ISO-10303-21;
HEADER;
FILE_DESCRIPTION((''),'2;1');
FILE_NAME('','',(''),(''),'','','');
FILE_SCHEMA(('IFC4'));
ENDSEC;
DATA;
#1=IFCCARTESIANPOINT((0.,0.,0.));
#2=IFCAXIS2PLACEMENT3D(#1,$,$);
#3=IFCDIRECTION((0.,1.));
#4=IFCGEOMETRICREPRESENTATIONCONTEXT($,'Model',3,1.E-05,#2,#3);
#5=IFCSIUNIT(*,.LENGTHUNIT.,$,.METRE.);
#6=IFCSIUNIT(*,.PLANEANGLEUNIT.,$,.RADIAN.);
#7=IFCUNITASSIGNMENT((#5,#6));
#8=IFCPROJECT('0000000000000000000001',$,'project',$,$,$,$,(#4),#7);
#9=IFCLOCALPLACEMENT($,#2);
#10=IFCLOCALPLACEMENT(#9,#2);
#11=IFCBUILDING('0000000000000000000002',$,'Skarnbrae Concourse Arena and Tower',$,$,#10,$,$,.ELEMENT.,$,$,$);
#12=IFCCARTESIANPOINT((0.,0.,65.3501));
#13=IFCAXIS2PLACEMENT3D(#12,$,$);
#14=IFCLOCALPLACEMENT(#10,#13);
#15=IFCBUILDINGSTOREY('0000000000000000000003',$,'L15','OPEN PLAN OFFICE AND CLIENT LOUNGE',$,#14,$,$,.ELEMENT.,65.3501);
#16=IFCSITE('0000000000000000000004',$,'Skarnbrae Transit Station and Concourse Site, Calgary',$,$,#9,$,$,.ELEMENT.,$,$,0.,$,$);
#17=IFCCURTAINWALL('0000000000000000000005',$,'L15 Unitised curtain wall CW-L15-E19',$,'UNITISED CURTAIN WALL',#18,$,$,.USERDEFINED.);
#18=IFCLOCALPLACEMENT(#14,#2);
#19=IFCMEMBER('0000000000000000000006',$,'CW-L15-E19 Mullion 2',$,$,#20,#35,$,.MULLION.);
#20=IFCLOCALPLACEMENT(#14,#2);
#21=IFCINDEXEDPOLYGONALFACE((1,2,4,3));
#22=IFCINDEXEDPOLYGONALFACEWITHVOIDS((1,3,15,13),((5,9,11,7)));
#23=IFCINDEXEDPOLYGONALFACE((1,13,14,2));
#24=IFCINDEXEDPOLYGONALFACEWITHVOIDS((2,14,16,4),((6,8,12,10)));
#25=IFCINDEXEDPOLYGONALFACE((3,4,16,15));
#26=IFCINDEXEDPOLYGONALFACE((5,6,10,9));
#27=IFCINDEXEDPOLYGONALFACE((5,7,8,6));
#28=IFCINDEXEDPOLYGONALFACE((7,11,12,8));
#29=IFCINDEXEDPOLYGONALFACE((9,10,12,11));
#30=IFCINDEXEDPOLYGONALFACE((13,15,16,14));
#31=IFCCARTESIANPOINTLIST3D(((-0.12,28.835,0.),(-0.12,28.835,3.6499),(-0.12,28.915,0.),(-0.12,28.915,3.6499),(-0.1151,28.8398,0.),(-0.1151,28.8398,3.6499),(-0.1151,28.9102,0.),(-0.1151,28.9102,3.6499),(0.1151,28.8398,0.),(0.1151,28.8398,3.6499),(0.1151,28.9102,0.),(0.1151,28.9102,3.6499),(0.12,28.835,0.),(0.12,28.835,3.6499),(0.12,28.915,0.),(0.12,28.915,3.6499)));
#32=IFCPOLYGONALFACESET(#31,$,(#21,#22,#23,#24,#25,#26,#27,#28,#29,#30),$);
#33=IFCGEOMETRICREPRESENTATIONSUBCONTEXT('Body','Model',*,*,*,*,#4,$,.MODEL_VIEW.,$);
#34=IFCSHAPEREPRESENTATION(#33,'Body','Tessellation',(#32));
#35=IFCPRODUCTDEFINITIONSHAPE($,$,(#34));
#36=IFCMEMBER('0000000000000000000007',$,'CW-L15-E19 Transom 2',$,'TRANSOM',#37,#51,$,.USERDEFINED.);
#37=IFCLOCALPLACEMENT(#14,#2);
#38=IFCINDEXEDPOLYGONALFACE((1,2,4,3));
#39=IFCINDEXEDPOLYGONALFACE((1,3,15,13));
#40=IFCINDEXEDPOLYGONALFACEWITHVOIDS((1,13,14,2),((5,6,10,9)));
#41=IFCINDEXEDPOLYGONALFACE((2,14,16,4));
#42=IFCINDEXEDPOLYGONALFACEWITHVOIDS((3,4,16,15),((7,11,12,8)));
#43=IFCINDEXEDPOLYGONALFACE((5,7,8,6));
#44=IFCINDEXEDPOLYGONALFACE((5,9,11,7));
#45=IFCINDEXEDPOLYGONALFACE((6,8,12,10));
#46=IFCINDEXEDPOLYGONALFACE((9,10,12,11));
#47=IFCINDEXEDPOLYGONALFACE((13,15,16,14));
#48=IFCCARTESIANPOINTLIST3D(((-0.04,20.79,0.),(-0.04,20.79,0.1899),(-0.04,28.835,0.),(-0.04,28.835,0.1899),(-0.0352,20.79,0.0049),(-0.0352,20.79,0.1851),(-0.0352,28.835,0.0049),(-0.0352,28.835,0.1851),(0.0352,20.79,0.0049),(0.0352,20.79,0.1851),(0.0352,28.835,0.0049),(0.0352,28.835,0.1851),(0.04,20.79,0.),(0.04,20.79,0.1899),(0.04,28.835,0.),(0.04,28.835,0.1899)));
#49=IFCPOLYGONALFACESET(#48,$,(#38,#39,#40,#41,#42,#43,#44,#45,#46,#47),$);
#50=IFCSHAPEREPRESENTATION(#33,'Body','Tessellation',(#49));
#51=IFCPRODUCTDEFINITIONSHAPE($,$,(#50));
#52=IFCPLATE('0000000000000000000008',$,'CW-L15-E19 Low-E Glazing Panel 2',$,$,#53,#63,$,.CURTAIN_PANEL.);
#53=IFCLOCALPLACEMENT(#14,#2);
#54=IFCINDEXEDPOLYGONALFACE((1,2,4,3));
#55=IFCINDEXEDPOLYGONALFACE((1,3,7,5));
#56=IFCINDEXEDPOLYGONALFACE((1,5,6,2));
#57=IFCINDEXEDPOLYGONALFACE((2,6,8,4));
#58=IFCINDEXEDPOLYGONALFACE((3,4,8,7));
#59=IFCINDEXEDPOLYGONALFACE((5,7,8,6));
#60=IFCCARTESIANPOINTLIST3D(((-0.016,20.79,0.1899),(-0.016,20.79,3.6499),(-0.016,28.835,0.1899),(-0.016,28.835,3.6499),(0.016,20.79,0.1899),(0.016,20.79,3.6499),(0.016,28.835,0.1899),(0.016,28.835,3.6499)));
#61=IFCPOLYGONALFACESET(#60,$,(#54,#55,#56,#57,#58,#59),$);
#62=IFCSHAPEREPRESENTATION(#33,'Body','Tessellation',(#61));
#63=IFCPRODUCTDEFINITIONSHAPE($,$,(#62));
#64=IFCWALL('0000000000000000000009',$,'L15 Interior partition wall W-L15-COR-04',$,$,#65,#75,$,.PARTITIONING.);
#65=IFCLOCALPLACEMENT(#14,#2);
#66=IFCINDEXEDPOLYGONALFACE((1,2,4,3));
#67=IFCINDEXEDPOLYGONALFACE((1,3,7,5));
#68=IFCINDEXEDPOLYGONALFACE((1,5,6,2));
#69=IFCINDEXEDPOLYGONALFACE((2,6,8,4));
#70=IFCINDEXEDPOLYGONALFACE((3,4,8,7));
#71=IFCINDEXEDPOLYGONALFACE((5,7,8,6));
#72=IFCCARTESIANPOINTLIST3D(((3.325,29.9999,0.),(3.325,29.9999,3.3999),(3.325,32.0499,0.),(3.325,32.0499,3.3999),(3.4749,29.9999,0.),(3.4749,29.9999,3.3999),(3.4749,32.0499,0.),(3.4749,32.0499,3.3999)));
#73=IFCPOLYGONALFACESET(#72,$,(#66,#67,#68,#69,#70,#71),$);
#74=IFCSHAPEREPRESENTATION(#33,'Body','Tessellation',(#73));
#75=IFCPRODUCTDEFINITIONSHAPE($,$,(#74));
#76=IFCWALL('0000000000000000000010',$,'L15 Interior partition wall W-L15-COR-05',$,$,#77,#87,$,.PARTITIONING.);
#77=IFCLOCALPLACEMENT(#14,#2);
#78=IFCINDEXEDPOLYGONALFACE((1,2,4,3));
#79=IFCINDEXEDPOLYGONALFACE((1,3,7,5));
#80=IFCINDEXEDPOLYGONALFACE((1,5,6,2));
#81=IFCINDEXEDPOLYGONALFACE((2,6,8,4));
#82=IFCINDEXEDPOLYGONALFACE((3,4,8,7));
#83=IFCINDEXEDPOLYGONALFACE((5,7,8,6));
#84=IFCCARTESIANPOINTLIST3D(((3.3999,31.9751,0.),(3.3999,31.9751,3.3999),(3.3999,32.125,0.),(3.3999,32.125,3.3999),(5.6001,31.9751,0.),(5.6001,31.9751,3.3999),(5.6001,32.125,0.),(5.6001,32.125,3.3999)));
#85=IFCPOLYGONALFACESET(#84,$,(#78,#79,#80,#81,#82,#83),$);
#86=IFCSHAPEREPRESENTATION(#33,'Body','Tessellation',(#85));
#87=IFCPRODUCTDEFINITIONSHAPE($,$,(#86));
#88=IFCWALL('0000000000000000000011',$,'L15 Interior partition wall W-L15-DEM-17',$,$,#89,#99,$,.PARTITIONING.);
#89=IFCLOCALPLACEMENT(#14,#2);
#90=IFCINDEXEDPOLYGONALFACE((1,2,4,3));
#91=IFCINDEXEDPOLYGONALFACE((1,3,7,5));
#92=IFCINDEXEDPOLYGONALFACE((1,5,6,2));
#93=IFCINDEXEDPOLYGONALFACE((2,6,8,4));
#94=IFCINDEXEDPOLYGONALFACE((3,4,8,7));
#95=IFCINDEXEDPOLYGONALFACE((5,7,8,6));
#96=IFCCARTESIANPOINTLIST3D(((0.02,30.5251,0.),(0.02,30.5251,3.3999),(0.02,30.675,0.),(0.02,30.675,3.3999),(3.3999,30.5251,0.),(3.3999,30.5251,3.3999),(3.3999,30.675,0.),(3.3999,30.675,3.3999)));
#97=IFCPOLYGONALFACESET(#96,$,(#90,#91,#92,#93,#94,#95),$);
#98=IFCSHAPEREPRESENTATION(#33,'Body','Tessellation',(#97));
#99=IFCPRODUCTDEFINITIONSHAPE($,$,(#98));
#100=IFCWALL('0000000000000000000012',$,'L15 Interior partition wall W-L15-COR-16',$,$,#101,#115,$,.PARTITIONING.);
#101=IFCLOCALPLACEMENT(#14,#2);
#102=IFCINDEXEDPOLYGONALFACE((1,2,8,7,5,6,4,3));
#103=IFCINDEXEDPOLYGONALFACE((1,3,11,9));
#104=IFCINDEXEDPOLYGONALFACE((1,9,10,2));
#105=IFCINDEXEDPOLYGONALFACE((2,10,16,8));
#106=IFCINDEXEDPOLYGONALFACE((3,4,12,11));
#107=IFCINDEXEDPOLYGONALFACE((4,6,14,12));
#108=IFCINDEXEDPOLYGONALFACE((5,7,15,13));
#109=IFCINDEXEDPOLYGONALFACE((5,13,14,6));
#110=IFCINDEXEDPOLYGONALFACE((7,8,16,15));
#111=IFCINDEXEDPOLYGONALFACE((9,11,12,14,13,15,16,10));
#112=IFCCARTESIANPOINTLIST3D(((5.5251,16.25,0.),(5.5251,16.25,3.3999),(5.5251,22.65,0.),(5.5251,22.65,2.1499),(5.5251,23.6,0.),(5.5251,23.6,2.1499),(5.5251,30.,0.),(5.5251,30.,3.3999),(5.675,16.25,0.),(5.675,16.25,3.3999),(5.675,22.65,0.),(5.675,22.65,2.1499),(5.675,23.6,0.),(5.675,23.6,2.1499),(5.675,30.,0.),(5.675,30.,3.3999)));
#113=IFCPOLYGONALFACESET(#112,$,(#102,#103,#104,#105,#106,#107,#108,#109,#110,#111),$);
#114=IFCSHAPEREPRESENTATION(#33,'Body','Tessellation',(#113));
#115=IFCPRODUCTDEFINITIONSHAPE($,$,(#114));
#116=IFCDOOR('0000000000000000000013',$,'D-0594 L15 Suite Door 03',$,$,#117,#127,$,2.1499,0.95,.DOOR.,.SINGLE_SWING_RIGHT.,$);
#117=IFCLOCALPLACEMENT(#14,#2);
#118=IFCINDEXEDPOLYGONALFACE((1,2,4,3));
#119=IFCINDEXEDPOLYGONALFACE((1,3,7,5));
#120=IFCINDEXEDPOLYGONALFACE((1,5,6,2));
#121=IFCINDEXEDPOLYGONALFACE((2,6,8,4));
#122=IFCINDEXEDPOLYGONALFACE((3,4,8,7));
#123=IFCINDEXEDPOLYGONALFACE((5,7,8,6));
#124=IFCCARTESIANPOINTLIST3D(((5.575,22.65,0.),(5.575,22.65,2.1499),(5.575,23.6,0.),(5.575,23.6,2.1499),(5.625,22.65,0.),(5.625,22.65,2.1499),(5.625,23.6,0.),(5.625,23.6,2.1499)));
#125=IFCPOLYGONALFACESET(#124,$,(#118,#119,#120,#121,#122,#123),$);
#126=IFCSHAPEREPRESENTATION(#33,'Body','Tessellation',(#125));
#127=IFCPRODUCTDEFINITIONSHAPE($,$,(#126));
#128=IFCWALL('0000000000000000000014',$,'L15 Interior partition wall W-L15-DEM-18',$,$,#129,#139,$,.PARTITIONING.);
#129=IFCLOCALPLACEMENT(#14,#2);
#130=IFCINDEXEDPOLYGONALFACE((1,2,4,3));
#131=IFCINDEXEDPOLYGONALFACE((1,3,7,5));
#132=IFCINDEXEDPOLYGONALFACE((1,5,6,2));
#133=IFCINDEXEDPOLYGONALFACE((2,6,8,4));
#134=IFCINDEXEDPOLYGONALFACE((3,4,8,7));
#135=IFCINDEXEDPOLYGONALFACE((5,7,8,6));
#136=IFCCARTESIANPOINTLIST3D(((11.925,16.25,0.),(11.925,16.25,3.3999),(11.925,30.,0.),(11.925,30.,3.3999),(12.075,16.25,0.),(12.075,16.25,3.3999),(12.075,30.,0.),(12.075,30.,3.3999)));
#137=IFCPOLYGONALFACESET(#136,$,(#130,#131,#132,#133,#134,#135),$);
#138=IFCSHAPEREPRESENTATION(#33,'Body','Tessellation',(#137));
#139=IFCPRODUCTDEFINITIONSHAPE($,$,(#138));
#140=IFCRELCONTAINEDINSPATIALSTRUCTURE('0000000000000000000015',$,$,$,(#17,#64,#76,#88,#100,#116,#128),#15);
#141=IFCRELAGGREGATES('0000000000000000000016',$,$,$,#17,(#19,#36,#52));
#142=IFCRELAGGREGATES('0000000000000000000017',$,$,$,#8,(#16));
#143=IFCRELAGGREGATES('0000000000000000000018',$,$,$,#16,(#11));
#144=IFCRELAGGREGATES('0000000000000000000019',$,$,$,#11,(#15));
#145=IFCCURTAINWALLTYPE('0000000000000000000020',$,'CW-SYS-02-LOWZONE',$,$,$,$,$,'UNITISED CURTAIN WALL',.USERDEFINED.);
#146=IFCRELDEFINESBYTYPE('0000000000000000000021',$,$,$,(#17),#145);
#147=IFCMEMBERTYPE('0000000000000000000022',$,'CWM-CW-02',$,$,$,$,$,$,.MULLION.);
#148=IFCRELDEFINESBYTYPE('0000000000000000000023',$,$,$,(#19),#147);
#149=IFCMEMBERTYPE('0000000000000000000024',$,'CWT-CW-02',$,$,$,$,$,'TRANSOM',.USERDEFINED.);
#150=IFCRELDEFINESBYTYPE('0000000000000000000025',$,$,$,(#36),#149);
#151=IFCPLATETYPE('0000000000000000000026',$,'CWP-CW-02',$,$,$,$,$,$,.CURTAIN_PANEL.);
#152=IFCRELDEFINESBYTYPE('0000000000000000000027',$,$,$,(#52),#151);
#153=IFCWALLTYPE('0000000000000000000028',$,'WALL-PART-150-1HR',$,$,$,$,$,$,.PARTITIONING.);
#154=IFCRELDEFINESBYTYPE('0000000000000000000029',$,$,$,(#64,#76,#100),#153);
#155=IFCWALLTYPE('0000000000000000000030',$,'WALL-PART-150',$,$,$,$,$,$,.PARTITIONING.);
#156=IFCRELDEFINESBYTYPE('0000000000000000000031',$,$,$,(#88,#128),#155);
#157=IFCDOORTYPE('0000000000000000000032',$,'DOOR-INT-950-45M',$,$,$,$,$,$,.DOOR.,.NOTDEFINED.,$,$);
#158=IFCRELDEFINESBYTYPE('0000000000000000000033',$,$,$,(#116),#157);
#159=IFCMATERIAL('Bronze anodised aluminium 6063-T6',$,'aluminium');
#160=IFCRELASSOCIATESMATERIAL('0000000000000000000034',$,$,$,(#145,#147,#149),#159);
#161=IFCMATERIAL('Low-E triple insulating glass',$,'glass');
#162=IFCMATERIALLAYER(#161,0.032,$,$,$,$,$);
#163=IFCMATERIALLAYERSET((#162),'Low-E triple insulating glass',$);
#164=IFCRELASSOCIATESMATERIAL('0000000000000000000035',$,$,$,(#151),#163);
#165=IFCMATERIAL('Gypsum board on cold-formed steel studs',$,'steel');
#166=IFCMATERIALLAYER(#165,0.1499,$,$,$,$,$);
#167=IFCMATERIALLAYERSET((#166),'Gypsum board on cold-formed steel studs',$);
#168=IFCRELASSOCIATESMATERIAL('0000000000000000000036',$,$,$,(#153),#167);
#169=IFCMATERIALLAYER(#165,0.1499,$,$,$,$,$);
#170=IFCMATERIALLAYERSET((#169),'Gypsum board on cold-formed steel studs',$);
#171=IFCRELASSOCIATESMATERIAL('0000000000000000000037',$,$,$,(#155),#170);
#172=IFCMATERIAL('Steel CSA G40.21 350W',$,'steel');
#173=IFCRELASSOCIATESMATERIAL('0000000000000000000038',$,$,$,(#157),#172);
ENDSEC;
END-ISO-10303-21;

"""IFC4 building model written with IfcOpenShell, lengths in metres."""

from ifc_helpers import new_model, si_unit, direction, frame, frame_2d, origin, origin_2d, place, context, subcontext, project, spatial, rectangle, hollow_rectangle, extrude, source, transform, mapped, material, layer, layer_set, material_profile, profile_set, type_object, element, fill, aggregate, save


model = new_model("IFC4")

# Units and contexts
model_context = context("Model", 3, precision=1e-05, world=origin(), true_north=direction((0.0, 1.0)))
body_context = subcontext(model_context, "Body", "Model", "MODEL_VIEW")
ifc_project = project(units=[si_unit("LENGTHUNIT", "METRE"), si_unit("PLANEANGLEUNIT", "RADIAN")], contexts=[model_context])

# Site, building, storey
site_placement = place(None, origin())
site = spatial("IfcSite", under=ifc_project, at=site_placement, Name="Skarnbrae Transit Station and Concourse Site, Calgary", CompositionType="ELEMENT", RefElevation=0.0)
building_placement = place(site_placement, origin())
building = spatial("IfcBuilding", under=site, at=building_placement, Name="Skarnbrae Concourse Arena and Tower", CompositionType="ELEMENT")
storey_placement = place(building_placement, frame((0.0, 0.0, 65.3501)))
storey = spatial("IfcBuildingStorey", under=building, at=storey_placement, Name="L15", Description="OPEN PLAN OFFICE AND CLIENT LOUNGE", CompositionType="ELEMENT", Elevation=65.3501)

# Shared definitions
ifc_material_1 = material(Name="Steel CSA G40.21 350W", Category="steel")

# Curtain wall, members, plate
ifc_material_2 = material(Name="Bronze anodised aluminium 6063-T6", Category="aluminium")
curtain_wall_type = type_object("IfcCurtainWallType", Name="CW-SYS-02-LOWZONE", ElementType="UNITISED CURTAIN WALL", PredefinedType="USERDEFINED", material=ifc_material_2)
curtain_wall_placement = place(storey_placement, origin())
curtain_wall = element("IfcCurtainWall", 1, at=curtain_wall_placement, inside=storey, type_object=curtain_wall_type, Name="L15 Unitised curtain wall CW-L15-E19", ObjectType="UNITISED CURTAIN WALL", PredefinedType="USERDEFINED")
ifc_material_profile_1 = material_profile(ifc_material_2, hollow_rectangle(XDim=0.0801, YDim=0.24, WallThickness=0.0049, at=origin_2d()), Name="ALU-MULL-80X240")
ifc_profile_set_1 = profile_set([ifc_material_profile_1], Name="Bronze anodised aluminium 6063-T6")
member_type_1 = type_object("IfcMemberType", Name="CWM-CW-02", PredefinedType="MULLION", material=ifc_profile_set_1)
shared_shape_1 = source(origin(), body_context, "Body", "SweptSolid", [
    extrude(hollow_rectangle(XDim=0.0801, YDim=0.24, WallThickness=0.0049, at=origin_2d()), origin(), (0.0, 0.0, 1.0), 3.6499),
])
member_1_placement = place(storey_placement, frame((0.0, 28.875, 0.0), z_axis=(0.0, 0.0, 1.0), x_axis=(0.0, -1.0, 0.0)))
member_1 = element("IfcMember", 2, at=member_1_placement, type_object=member_type_1, Name="CW-L15-E19 Mullion 2", PredefinedType="MULLION", context=body_context, shape_type="MappedRepresentation", body=[
    mapped(shared_shape_1, transform((0.0, 0.0, 0.0))),
])
ifc_material_profile_2 = material_profile(ifc_material_2, hollow_rectangle(XDim=0.0801, YDim=0.1899, WallThickness=0.0049, at=origin_2d()), Name="ALU-TRAN-80X190")
ifc_profile_set_2 = profile_set([ifc_material_profile_2], Name="Bronze anodised aluminium 6063-T6")
member_type_2 = type_object("IfcMemberType", Name="CWT-CW-02", ElementType="TRANSOM", PredefinedType="USERDEFINED", material=ifc_profile_set_2)
shared_shape_2 = source(origin(), body_context, "Body", "SweptSolid", [
    extrude(hollow_rectangle(XDim=0.0801, YDim=0.1899, WallThickness=0.0049, at=origin_2d()), origin(), (0.0, 0.0, 1.0), 8.0449),
])
member_2_placement = place(storey_placement, frame((0.0, 28.835, 0.095), z_axis=(0.0, -1.0, 0.0), x_axis=(1.0, 0.0, 0.0)))
member_2 = element("IfcMember", 3, at=member_2_placement, type_object=member_type_2, Name="CW-L15-E19 Transom 2", ObjectType="TRANSOM", PredefinedType="USERDEFINED", context=body_context, shape_type="MappedRepresentation", body=[
    mapped(shared_shape_2, transform((0.0, 0.0, 0.0))),
])
ifc_material_3 = material(Name="Low-E triple insulating glass", Category="glass")
ifc_layer_1 = layer(ifc_material_3, 0.032)
ifc_layer_set_1 = layer_set([ifc_layer_1], Name="Low-E triple insulating glass")
plate_type = type_object("IfcPlateType", Name="CWP-CW-02", PredefinedType="CURTAIN_PANEL", material=ifc_layer_set_1)
shared_shape_3 = source(origin(), body_context, "Body", "SweptSolid", [
    extrude(rectangle(XDim=8.0449, YDim=0.032, at=origin_2d()), origin(), (0.0, 0.0, 1.0), 3.46),
])
plate_placement = place(storey_placement, frame((0.0, 24.8125, 0.1899), z_axis=(0.0, 0.0, 1.0), x_axis=(0.0, -1.0, 0.0)))
plate = element("IfcPlate", 4, at=plate_placement, type_object=plate_type, Name="CW-L15-E19 Low-E Glazing Panel 2", PredefinedType="CURTAIN_PANEL", context=body_context, shape_type="MappedRepresentation", body=[
    mapped(shared_shape_3, transform((0.0, 0.0, 0.0))),
])
aggregate(curtain_wall, [member_1, member_2, plate])

# Walls
ifc_material_4 = material(Name="Gypsum board on cold-formed steel studs", Category="steel")
ifc_layer_2 = layer(ifc_material_4, 0.1499)
ifc_layer_set_2 = layer_set([ifc_layer_2], Name="Gypsum board on cold-formed steel studs")
wall_type_1 = type_object("IfcWallType", Name="WALL-PART-150-1HR", PredefinedType="PARTITIONING", material=ifc_layer_set_2)
shared_shape_4 = source(origin(), body_context, "Body", "SweptSolid", [
    extrude(rectangle(XDim=2.05, YDim=0.1499, at=frame_2d((1.0249, 0.0))), origin(), (0.0, 0.0, 1.0), 3.3999),
])
wall_1_placement = place(storey_placement, frame((3.3999, 30.0, 0.0), z_axis=(0.0, 0.0, 1.0), x_axis=(0.0, 1.0, 0.0)))
element("IfcWall", 5, at=wall_1_placement, inside=storey, type_object=wall_type_1, Name="L15 Interior partition wall W-L15-COR-04", PredefinedType="PARTITIONING", context=body_context, shape_type="MappedRepresentation", body=[
    mapped(shared_shape_4, transform((0.0, 0.0, 0.0))),
])
shared_shape_5 = source(origin(), body_context, "Body", "SweptSolid", [
    extrude(rectangle(XDim=2.2002, YDim=0.1499, at=frame_2d((1.1001, 0.0))), origin(), (0.0, 0.0, 1.0), 3.3999),
])
wall_2_placement = place(storey_placement, frame((3.3999, 32.05, 0.0), z_axis=(0.0, 0.0, 1.0), x_axis=(1.0, 0.0, 0.0)))
element("IfcWall", 6, at=wall_2_placement, inside=storey, type_object=wall_type_1, Name="L15 Interior partition wall W-L15-COR-05", PredefinedType="PARTITIONING", context=body_context, shape_type="MappedRepresentation", body=[
    mapped(shared_shape_5, transform((0.0, 0.0, 0.0))),
])
ifc_layer_3 = layer(ifc_material_4, 0.1499)
ifc_layer_set_3 = layer_set([ifc_layer_3], Name="Gypsum board on cold-formed steel studs")
wall_type_2 = type_object("IfcWallType", Name="WALL-PART-150", PredefinedType="PARTITIONING", material=ifc_layer_set_3)
shared_shape_6 = source(origin(), body_context, "Body", "SweptSolid", [
    extrude(rectangle(XDim=3.3799, YDim=0.1499, at=frame_2d((1.6899, 0.0))), origin(), (0.0, 0.0, 1.0), 3.3999),
])
wall_3_placement = place(storey_placement, frame((0.02, 30.6001, 0.0), z_axis=(0.0, 0.0, 1.0), x_axis=(1.0, 0.0, 0.0)))
element("IfcWall", 7, at=wall_3_placement, inside=storey, type_object=wall_type_2, Name="L15 Interior partition wall W-L15-DEM-17", PredefinedType="PARTITIONING", context=body_context, shape_type="MappedRepresentation", body=[
    mapped(shared_shape_6, transform((0.0, 0.0, 0.0))),
])

# Wall, opening, door
shared_shape_7 = source(origin(), body_context, "Body", "SweptSolid", [
    extrude(rectangle(XDim=13.75, YDim=0.1499, at=frame_2d((6.875, 0.0))), origin(), (0.0, 0.0, 1.0), 3.3999),
])
wall_4_placement = place(storey_placement, frame((5.6001, 30.0, 0.0), z_axis=(0.0, 0.0, 1.0), x_axis=(0.0, -1.0, 0.0)))
wall_4 = element("IfcWall", 8, at=wall_4_placement, inside=storey, type_object=wall_type_1, Name="L15 Interior partition wall W-L15-COR-16", PredefinedType="PARTITIONING", context=body_context, shape_type="MappedRepresentation", body=[
    mapped(shared_shape_7, transform((0.0, 0.0, 0.0))),
])
opening_1_placement = place(wall_4_placement, frame((6.3999, 0.0, 0.0)))
opening_1 = element("IfcOpeningElement", 9, at=opening_1_placement, cuts=wall_4, PredefinedType="OPENING", context=body_context, shape_type="SweptSolid", body=[
    extrude(rectangle(XDim=0.95, YDim=2.1499, at=frame_2d((0.4751, 1.075))), frame((0.0, 0.085, 0.0), z_axis=(0.0, -1.0, 0.0), x_axis=(1.0, 0.0, 0.0)), (0.0, 0.0, 1.0), 0.1699),
])
door_type = type_object("IfcDoorType", Name="DOOR-INT-950-45M", OperationType="NOTDEFINED", PredefinedType="DOOR", material=ifc_material_1)
shared_shape_8 = source(origin(), body_context, "Body", "SweptSolid", [
    extrude(rectangle(XDim=0.95, YDim=2.1499, at=frame_2d((0.4751, 1.075))), frame((0.0, 0.0249, 0.0), z_axis=(0.0, -1.0, 0.0), x_axis=(1.0, 0.0, 0.0)), (0.0, 0.0, 1.0), 0.05),
])
door_1_placement = place(opening_1_placement, origin())
door_1 = element("IfcDoor", 10, at=door_1_placement, inside=storey, type_object=door_type, Name="D-0594 L15 Suite Door 03", OperationType="SINGLE_SWING_RIGHT", OverallHeight=2.1499, OverallWidth=0.95, PredefinedType="DOOR", context=body_context, shape_type="MappedRepresentation", body=[
    mapped(shared_shape_8, transform((0.0, 0.0, 0.0))),
])
fill(opening_1, door_1)

# Wall
wall_5_placement = place(storey_placement, frame((12.0, 30.0, 0.0), z_axis=(0.0, 0.0, 1.0), x_axis=(0.0, -1.0, 0.0)))
element("IfcWall", 11, at=wall_5_placement, inside=storey, type_object=wall_type_2, Name="L15 Interior partition wall W-L15-DEM-18", PredefinedType="PARTITIONING", context=body_context, shape_type="MappedRepresentation", body=[
    mapped(shared_shape_7, transform((0.0, 0.0, 0.0))),
])

save(model, "model.ifc")
